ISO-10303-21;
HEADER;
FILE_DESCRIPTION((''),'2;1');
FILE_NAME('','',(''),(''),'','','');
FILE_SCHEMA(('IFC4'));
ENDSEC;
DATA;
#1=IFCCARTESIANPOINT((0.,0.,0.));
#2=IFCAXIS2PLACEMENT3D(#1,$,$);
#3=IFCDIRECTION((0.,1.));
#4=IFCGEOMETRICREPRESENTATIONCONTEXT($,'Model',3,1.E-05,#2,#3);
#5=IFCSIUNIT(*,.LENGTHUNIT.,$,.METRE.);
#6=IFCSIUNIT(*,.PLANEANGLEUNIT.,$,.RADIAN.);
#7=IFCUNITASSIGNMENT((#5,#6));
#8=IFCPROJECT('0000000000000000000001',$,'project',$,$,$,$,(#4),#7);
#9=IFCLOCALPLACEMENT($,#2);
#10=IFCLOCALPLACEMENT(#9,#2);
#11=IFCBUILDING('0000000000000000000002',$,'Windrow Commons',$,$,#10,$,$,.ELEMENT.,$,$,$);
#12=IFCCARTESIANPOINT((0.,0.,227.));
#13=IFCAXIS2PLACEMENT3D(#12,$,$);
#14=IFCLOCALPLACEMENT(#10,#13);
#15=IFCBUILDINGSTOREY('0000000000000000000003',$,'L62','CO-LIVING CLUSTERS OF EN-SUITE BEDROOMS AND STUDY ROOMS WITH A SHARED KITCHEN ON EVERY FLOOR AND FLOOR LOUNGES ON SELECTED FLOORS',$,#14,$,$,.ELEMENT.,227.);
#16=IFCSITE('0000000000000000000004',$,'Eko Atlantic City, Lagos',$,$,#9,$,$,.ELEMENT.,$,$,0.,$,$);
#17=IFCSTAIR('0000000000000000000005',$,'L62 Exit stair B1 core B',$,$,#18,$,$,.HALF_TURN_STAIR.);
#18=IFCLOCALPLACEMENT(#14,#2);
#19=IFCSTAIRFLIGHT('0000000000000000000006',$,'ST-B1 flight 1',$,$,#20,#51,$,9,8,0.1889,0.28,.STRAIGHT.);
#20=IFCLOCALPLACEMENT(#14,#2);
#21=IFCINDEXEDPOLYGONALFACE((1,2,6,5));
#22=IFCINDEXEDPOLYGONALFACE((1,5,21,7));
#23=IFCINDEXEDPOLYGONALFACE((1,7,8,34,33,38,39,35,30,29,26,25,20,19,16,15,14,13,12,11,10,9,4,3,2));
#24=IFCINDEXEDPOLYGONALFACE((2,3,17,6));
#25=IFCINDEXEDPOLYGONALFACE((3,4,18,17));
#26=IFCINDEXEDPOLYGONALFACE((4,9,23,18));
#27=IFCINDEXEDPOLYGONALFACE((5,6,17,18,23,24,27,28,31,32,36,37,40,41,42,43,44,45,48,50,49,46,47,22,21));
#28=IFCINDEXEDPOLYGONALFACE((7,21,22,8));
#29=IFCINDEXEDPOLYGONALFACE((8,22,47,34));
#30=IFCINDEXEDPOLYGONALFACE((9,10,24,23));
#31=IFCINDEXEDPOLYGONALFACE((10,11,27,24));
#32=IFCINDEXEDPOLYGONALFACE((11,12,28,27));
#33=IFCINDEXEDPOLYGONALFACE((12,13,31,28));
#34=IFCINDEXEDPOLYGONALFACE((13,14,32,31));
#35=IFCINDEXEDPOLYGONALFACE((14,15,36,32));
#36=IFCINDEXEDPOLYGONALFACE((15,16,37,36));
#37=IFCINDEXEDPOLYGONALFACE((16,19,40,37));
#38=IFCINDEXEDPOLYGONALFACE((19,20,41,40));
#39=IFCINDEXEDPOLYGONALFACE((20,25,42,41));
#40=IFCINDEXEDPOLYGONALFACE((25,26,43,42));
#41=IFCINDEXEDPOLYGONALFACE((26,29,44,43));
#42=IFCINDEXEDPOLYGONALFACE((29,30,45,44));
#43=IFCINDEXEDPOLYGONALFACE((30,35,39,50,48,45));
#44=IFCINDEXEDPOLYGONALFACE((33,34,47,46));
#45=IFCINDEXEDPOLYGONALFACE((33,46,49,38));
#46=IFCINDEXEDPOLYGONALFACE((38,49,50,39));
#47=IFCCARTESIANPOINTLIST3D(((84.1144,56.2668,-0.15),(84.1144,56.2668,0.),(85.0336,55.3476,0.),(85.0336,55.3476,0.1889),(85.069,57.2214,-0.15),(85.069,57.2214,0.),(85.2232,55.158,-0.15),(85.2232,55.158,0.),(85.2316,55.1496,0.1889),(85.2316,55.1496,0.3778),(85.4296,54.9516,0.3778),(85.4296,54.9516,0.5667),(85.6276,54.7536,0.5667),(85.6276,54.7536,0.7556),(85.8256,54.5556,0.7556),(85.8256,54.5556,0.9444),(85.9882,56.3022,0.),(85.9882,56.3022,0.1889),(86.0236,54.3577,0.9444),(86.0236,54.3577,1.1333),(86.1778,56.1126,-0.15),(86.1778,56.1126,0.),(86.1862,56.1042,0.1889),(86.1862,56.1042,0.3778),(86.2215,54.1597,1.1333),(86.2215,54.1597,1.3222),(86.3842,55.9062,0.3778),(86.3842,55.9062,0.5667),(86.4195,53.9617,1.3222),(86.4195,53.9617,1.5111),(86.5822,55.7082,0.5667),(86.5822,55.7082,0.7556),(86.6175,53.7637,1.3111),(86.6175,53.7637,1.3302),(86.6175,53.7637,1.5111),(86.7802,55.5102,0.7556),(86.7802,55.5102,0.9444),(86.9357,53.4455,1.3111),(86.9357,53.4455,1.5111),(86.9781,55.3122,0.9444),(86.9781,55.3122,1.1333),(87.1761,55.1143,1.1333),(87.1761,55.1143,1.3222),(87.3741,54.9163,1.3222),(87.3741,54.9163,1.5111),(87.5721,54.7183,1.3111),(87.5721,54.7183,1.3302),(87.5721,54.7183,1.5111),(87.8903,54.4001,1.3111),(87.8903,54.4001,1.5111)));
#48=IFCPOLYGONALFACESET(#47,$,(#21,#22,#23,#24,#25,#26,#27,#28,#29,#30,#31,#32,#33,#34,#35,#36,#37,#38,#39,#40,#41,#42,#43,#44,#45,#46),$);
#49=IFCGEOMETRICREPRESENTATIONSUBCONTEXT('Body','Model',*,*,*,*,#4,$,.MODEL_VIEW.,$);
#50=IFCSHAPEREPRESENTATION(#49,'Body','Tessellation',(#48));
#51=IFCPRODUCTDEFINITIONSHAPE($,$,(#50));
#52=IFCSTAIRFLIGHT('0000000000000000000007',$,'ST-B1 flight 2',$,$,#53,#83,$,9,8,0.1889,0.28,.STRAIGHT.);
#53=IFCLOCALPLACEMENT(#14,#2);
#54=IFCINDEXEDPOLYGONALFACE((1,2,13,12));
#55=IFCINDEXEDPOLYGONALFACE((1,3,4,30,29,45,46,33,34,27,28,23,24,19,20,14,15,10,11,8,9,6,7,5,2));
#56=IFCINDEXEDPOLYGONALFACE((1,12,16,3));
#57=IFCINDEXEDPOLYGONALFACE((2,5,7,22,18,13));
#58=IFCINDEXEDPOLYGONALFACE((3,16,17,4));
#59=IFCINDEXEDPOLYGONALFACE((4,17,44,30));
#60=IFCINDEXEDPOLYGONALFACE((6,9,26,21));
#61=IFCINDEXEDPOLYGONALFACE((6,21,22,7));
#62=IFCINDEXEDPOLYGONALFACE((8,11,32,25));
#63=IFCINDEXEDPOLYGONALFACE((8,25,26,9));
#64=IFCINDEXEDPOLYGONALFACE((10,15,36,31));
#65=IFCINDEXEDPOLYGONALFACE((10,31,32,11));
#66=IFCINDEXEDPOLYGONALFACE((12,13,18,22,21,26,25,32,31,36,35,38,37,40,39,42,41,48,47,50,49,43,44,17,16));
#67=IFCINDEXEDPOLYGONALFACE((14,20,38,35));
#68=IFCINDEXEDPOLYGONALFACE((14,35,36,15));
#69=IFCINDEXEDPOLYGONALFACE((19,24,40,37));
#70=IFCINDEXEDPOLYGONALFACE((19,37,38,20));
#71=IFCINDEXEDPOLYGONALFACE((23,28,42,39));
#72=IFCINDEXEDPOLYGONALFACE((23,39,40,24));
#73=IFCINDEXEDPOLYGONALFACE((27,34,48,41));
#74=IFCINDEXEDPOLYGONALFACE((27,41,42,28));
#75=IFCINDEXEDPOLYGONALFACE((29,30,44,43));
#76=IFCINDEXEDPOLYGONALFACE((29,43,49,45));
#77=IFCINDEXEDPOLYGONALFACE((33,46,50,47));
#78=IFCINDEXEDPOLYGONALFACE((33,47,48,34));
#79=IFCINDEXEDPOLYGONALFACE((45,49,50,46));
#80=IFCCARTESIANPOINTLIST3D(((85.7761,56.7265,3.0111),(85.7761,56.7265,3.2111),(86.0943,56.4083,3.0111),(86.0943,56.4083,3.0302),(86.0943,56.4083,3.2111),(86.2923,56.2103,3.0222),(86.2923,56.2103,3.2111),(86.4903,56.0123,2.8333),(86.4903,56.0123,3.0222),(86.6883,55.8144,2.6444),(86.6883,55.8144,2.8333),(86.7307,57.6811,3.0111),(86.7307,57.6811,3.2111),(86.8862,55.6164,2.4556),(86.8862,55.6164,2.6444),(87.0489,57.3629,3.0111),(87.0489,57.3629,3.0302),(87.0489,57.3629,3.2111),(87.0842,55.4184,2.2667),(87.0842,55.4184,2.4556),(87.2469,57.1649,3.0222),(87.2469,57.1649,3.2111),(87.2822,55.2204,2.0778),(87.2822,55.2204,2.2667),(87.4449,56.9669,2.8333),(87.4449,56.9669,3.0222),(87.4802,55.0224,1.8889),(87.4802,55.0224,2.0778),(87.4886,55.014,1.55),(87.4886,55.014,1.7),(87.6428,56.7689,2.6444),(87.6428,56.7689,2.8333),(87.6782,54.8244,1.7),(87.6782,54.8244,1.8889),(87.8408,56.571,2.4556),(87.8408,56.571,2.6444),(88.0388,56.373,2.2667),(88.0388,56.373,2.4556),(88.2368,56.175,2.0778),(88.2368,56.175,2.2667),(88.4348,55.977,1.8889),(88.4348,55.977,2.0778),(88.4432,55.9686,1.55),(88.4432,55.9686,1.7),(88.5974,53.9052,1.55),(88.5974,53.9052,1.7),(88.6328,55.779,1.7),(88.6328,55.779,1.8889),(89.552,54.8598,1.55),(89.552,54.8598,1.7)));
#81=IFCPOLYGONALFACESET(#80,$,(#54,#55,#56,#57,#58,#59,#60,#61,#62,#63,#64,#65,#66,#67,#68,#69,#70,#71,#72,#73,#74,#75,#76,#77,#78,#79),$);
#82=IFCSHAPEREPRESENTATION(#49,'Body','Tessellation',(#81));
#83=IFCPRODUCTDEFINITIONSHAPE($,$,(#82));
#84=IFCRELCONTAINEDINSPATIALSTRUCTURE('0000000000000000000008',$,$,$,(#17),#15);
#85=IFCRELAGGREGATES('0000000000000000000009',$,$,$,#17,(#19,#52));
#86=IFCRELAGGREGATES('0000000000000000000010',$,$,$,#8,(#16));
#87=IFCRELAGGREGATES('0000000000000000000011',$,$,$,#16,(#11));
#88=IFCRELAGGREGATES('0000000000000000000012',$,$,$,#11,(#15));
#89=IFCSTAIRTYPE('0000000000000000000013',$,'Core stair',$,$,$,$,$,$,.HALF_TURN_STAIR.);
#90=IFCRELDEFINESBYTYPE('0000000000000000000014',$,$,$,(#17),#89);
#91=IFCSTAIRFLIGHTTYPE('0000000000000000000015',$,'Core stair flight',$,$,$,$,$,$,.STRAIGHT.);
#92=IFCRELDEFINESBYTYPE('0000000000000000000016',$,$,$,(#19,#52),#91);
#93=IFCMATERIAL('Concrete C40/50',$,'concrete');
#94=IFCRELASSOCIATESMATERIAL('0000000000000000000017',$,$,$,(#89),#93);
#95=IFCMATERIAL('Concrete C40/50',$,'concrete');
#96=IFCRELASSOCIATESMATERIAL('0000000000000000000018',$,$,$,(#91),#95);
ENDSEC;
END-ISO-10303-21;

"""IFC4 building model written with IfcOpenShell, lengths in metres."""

from ifc_helpers import new_model, si_unit, direction, frame, origin, place, context, subcontext, project, spatial, polyline, outline, extrude, material, type_object, element, aggregate, save


model = new_model("IFC4")

# Units and contexts
model_context = context("Model", 3, precision=1e-05, world=origin(), true_north=direction((0.0, 1.0)))
body_context = subcontext(model_context, "Body", "Model", "MODEL_VIEW")
ifc_project = project(units=[si_unit("LENGTHUNIT", "METRE"), si_unit("PLANEANGLEUNIT", "RADIAN")], contexts=[model_context])

# Site, building, storey
site_placement = place(None, origin())
site = spatial("IfcSite", under=ifc_project, at=site_placement, Name="Eko Atlantic City, Lagos", CompositionType="ELEMENT", RefElevation=0.0)
building_placement = place(site_placement, origin())
building = spatial("IfcBuilding", under=site, at=building_placement, Name="Windrow Commons", CompositionType="ELEMENT")
storey_placement = place(building_placement, frame((0.0, 0.0, 227.0)))
storey = spatial("IfcBuildingStorey", under=building, at=storey_placement, Name="L62", Description="CO-LIVING CLUSTERS OF EN-SUITE BEDROOMS AND STUDY ROOMS WITH A SHARED KITCHEN ON EVERY FLOOR AND FLOOR LOUNGES ON SELECTED FLOORS", CompositionType="ELEMENT", Elevation=227.0)

# Stair, stair flights
ifc_material_1 = material(Name="Concrete C40/50", Category="concrete")
stair_type = type_object("IfcStairType", Name="Core stair", PredefinedType="HALF_TURN_STAIR", material=ifc_material_1)
stair_placement = place(storey_placement, origin())
stair = element("IfcStair", 1, at=stair_placement, inside=storey, type_object=stair_type, Name="L62 Exit stair B1 core B", PredefinedType="HALF_TURN_STAIR")
ifc_material_2 = material(Name="Concrete C40/50", Category="concrete")
stair_flight_type = type_object("IfcStairFlightType", Name="Core stair flight", PredefinedType="STRAIGHT", material=ifc_material_2)
stair_flight_1_placement = place(storey_placement, frame((85.5109, 55.8249, 0.0), z_axis=(0.0, 0.0, 1.0), x_axis=(0.707107, -0.707107, 0.0)))
stair_flight_1 = element("IfcStairFlight", 2, at=stair_flight_1_placement, type_object=stair_flight_type, Name="ST-B1 flight 1", NumberOfRisers=9, NumberOfTreads=8, PredefinedType="STRAIGHT", RiserHeight=0.1889, TreadLength=0.28, context=body_context, shape_type="SweptSolid", body=[
    extrude(outline(polyline([(-1.3, -0.15), (-1.3, 0.0), (0.0, 0.0), (0.0, 0.1889), (0.28, 0.1889), (0.28, 0.3778), (0.56, 0.3778), (0.56, 0.5667), (0.84, 0.5667), (0.84, 0.7556), (1.12, 0.7556), (1.12, 0.9444), (1.4, 0.9444), (1.4, 1.1333), (1.68, 1.1333), (1.68, 1.3222), (1.96, 1.3222), (1.96, 1.5111), (2.24, 1.5111), (2.69, 1.5111), (2.69, 1.3111), (2.24, 1.3111), (2.24, 1.3302), (0.2682, 0.0), (0.2682, -0.15), (-1.3, -0.15)])), frame((0.0, 0.675, 0.0), z_axis=(0.0, -1.0, 0.0), x_axis=(1.0, 0.0, 0.0)), (0.0, 0.0, 1.0), 1.35),
])
stair_flight_2_placement = place(storey_placement, frame((88.1555, 55.3017, 1.7), z_axis=(0.0, 0.0, 1.0), x_axis=(-0.707107, 0.707107, 0.0)))
stair_flight_2 = element("IfcStairFlight", 3, at=stair_flight_2_placement, type_object=stair_flight_type, Name="ST-B1 flight 2", NumberOfRisers=9, NumberOfTreads=8, PredefinedType="STRAIGHT", RiserHeight=0.1889, TreadLength=0.28, context=body_context, shape_type="SweptSolid", body=[
    extrude(outline(polyline([(-1.3, -0.15), (-1.3, 0.0), (0.0, 0.0), (0.0, 0.1889), (0.28, 0.1889), (0.28, 0.3778), (0.56, 0.3778), (0.56, 0.5667), (0.84, 0.5667), (0.84, 0.7556), (1.12, 0.7556), (1.12, 0.9444), (1.4, 0.9444), (1.4, 1.1333), (1.68, 1.1333), (1.68, 1.3222), (1.96, 1.3222), (1.96, 1.5111), (2.24, 1.5111), (2.69, 1.5111), (2.69, 1.3111), (2.24, 1.3111), (2.24, 1.3302), (0.2682, 0.0), (0.2682, -0.15), (-1.3, -0.15)])), frame((0.0, 0.675, 0.0), z_axis=(0.0, -1.0, 0.0), x_axis=(1.0, 0.0, 0.0)), (0.0, 0.0, 1.0), 1.35),
])
aggregate(stair, [stair_flight_1, stair_flight_2])

save(model, "model.ifc")
